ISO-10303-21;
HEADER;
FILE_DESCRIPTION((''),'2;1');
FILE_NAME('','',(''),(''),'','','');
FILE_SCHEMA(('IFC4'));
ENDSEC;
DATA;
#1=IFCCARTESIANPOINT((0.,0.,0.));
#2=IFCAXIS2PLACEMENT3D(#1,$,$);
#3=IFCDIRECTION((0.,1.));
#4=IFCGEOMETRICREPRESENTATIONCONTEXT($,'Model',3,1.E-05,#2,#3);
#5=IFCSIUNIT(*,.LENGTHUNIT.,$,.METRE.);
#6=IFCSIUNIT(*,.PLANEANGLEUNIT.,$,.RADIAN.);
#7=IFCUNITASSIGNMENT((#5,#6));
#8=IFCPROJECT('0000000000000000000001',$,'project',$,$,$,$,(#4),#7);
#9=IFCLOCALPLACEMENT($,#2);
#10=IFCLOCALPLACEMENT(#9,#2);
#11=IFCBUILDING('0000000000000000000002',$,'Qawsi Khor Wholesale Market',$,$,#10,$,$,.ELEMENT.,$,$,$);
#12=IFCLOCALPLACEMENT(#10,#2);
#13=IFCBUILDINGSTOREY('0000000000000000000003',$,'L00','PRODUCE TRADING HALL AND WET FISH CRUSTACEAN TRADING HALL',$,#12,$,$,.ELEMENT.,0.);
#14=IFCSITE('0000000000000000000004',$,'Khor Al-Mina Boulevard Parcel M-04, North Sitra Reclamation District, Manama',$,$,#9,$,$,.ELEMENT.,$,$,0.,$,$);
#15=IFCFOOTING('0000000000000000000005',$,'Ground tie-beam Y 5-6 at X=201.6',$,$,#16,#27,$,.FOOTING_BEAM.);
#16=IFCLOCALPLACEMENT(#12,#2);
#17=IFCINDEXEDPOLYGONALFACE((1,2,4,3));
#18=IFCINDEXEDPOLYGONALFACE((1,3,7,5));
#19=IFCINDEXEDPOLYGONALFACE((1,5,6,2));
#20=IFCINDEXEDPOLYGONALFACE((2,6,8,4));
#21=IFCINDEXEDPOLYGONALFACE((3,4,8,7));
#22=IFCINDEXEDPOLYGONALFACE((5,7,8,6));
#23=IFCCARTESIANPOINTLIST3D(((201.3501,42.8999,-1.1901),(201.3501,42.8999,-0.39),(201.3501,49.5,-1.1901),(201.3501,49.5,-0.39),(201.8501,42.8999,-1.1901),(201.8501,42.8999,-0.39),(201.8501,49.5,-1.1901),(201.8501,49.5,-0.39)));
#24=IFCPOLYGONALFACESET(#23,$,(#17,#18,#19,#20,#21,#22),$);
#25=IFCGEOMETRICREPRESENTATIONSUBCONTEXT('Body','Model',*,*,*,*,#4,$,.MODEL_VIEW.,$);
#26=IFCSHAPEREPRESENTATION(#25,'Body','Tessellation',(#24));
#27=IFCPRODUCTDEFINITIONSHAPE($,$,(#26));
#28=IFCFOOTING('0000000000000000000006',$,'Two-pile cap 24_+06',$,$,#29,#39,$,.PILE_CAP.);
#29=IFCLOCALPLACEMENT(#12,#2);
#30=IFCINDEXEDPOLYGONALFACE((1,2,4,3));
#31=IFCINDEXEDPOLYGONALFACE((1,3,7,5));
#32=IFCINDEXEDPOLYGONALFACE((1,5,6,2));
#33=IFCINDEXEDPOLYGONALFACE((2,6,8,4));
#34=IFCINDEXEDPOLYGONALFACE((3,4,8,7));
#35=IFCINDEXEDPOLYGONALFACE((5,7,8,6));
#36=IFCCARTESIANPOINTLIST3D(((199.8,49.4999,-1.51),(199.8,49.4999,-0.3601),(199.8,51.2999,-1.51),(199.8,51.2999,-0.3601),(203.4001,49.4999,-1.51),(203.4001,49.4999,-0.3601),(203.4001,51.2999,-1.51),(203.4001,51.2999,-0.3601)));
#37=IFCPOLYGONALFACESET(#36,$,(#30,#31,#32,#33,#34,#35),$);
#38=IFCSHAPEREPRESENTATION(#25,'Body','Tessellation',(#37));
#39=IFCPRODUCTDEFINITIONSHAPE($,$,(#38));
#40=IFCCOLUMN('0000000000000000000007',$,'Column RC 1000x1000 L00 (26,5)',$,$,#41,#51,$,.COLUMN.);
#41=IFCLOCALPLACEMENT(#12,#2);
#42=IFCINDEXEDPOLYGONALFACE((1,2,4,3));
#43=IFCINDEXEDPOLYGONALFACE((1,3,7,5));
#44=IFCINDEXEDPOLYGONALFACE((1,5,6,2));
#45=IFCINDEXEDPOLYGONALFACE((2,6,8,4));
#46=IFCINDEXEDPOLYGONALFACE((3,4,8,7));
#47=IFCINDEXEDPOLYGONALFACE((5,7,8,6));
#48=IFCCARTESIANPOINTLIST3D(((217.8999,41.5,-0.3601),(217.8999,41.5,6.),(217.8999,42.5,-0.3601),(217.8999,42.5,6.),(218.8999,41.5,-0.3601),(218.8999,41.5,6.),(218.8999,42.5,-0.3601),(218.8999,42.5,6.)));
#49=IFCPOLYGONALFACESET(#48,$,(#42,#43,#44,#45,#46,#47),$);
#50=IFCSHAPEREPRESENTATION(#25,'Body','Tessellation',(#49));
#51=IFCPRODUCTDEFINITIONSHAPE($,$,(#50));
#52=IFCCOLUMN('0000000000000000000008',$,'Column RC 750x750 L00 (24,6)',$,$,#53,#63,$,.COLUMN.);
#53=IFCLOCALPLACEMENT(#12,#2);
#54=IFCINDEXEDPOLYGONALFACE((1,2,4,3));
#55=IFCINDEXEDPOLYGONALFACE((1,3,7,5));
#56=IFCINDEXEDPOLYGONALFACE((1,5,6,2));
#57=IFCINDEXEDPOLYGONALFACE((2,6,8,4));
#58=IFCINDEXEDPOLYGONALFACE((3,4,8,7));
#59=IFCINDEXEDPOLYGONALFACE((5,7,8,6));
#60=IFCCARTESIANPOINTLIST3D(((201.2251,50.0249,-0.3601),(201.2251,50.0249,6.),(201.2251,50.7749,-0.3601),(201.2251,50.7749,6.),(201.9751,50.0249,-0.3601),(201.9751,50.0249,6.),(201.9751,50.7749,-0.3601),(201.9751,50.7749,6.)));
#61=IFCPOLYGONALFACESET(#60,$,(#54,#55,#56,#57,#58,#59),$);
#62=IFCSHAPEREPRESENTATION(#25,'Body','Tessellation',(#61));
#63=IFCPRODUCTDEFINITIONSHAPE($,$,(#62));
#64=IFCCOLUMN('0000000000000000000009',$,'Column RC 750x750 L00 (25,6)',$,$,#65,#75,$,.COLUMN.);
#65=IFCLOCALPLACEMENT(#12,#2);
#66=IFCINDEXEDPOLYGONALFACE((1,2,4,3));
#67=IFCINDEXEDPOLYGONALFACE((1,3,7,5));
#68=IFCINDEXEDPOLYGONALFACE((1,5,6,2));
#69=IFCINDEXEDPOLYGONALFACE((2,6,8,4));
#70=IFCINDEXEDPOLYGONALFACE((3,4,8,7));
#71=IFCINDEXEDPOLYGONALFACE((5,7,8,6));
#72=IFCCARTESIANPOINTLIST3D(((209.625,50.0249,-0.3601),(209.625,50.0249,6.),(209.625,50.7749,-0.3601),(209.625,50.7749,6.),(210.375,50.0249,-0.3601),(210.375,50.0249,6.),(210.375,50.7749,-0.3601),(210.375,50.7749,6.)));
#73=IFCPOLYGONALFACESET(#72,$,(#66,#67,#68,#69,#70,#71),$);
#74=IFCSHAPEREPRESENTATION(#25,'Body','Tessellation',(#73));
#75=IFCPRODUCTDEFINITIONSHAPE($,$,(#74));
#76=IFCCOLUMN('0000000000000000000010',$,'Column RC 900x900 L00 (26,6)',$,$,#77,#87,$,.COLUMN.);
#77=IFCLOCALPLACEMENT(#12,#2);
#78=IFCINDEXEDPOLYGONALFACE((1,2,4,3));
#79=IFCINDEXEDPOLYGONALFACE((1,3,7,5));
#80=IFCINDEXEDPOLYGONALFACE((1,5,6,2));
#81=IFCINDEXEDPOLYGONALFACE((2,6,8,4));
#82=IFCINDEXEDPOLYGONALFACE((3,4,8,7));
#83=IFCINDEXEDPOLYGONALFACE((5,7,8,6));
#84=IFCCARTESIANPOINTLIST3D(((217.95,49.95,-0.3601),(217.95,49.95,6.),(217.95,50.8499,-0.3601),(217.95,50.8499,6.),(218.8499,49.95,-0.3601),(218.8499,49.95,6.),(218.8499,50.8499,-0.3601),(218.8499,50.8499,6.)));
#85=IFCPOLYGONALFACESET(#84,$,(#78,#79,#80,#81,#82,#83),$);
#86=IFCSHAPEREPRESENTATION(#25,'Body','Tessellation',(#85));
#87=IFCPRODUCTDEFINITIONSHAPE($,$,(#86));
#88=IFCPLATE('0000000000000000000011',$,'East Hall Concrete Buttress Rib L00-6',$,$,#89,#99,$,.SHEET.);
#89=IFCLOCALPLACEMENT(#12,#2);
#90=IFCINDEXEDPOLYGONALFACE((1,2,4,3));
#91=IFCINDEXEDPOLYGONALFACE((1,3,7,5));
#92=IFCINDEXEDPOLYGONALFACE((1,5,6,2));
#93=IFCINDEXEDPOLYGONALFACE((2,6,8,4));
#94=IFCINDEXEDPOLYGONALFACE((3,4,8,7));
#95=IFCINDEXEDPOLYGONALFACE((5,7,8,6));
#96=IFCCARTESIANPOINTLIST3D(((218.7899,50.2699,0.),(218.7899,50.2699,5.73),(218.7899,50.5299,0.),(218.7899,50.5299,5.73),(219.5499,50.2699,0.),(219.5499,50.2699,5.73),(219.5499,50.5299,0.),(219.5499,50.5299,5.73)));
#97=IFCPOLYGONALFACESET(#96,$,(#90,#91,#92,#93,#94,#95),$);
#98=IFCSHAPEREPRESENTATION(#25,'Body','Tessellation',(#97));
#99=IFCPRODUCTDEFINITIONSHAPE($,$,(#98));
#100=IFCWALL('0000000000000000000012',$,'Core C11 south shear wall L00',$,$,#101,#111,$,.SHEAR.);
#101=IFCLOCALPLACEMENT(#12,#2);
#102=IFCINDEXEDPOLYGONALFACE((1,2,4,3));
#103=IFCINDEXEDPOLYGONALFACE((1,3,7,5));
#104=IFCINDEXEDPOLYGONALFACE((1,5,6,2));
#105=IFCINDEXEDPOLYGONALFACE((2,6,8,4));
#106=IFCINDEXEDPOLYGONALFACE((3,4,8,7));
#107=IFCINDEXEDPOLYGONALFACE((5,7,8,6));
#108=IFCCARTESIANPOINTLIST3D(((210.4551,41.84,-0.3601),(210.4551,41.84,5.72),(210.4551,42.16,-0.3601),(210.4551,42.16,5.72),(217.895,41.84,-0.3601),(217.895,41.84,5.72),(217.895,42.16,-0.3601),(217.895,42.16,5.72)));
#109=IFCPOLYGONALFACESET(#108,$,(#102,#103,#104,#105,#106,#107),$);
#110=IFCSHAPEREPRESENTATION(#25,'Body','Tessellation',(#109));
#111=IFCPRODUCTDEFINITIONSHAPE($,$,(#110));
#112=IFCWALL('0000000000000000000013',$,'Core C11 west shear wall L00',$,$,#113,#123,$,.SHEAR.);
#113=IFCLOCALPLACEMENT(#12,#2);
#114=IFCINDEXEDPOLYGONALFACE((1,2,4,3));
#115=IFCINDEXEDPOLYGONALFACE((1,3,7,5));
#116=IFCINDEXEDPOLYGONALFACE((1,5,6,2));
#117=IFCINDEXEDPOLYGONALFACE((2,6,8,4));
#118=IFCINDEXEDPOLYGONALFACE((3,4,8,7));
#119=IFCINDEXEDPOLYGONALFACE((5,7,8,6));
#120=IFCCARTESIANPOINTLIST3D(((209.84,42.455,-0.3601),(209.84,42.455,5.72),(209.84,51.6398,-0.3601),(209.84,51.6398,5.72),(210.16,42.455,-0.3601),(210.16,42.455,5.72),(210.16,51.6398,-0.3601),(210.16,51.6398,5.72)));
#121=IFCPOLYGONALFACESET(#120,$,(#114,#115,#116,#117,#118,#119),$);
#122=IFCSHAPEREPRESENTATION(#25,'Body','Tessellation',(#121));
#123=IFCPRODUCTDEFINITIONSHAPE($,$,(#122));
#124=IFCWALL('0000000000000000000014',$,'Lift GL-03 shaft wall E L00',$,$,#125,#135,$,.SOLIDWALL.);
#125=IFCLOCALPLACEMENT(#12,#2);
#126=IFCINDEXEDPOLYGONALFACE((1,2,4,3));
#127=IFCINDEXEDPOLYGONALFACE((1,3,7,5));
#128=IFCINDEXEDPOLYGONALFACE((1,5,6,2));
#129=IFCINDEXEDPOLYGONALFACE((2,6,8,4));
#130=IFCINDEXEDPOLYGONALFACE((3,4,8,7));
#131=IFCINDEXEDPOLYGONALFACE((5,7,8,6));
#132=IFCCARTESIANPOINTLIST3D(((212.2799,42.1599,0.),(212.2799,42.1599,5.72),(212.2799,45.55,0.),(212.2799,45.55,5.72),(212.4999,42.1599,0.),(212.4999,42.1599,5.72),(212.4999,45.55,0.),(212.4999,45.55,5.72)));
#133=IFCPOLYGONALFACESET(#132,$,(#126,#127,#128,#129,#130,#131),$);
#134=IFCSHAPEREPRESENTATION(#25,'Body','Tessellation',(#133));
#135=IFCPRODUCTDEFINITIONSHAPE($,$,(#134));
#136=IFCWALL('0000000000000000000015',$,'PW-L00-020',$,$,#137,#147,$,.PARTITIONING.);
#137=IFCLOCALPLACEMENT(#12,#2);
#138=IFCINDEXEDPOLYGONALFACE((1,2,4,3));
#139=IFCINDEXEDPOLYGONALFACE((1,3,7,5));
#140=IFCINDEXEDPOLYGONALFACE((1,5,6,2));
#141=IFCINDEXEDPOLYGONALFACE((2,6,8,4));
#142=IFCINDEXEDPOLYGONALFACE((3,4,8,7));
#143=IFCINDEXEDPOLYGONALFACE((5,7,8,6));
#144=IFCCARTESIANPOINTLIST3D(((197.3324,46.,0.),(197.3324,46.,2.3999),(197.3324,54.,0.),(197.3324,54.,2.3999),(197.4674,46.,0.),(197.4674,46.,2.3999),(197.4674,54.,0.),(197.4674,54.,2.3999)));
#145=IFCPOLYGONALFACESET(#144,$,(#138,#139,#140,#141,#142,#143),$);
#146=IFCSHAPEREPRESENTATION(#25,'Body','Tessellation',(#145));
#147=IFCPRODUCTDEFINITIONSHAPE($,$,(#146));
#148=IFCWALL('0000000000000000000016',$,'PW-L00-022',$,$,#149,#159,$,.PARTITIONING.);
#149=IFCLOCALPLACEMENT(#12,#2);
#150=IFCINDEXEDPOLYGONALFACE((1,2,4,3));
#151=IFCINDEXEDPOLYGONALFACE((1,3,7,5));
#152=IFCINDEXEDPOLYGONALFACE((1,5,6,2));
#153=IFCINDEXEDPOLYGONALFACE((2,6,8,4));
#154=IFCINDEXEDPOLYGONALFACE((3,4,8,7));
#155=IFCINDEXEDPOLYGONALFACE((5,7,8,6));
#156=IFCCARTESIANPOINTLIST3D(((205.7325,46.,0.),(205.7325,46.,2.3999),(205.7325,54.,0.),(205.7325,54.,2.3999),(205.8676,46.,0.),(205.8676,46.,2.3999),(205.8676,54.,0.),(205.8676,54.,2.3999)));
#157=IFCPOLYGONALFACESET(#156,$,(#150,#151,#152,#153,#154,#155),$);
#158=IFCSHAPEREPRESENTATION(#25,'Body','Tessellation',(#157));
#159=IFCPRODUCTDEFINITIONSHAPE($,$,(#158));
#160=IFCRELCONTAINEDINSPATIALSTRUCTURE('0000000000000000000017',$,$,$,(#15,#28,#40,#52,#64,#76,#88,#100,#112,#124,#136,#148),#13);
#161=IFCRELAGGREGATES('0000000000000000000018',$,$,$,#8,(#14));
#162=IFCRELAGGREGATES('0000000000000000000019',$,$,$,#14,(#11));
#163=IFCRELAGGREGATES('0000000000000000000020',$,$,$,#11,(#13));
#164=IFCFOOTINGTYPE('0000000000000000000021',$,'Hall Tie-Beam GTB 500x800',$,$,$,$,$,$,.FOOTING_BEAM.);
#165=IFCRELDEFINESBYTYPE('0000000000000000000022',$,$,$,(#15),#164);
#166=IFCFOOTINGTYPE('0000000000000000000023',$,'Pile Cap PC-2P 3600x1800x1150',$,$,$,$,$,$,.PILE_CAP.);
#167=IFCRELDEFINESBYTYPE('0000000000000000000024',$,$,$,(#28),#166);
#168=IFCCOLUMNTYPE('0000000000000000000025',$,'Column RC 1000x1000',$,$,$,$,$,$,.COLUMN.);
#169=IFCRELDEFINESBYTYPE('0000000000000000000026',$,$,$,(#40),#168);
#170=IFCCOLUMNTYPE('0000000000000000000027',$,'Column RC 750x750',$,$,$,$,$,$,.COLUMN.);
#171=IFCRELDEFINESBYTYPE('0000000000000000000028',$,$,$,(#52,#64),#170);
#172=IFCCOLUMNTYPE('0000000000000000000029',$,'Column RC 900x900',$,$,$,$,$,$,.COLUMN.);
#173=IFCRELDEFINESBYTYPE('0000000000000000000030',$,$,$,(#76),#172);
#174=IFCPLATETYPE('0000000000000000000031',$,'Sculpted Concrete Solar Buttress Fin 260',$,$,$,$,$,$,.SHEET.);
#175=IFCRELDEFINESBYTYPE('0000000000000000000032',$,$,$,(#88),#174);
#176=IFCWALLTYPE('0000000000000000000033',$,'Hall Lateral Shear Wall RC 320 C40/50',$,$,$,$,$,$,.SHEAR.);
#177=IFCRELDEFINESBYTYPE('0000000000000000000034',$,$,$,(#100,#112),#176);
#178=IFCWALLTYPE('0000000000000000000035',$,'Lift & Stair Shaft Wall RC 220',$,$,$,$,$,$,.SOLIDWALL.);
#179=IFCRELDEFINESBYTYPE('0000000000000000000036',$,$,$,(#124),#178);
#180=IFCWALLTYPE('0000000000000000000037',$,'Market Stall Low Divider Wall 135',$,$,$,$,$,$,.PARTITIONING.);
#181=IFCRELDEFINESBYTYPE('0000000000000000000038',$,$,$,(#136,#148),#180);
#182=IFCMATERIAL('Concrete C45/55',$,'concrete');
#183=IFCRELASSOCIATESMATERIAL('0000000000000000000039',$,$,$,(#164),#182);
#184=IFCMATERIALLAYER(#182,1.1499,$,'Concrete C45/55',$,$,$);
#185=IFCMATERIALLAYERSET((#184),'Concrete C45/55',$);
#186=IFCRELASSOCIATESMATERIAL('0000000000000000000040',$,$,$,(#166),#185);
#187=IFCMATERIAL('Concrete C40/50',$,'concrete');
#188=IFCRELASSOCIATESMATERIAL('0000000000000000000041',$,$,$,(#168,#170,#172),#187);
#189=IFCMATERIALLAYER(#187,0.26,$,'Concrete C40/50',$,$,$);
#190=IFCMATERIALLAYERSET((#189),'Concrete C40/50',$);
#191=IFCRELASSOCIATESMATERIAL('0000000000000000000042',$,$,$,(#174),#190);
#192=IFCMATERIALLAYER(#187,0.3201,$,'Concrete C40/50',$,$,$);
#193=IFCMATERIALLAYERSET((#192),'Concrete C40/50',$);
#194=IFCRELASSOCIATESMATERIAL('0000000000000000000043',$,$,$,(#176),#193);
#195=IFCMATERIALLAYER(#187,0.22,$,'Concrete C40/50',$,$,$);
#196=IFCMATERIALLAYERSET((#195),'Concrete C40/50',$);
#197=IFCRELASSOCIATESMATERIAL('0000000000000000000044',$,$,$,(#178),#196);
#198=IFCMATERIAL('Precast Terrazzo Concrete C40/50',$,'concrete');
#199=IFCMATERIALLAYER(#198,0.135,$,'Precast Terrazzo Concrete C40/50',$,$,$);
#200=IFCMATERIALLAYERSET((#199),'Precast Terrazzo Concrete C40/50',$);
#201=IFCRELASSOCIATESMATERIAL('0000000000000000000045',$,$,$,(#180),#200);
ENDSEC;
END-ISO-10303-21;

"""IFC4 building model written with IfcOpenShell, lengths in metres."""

from ifc_helpers import new_model, si_unit, direction, frame, frame_2d, origin, origin_2d, place, context, subcontext, project, spatial, rectangle, extrude, material, layer, layer_set, material_profile, profile_set, type_object, element, save


model = new_model("IFC4")

# Units and contexts
model_context = context("Model", 3, precision=1e-05, world=origin(), true_north=direction((0.0, 1.0)))
body_context = subcontext(model_context, "Body", "Model", "MODEL_VIEW")
ifc_project = project(units=[si_unit("LENGTHUNIT", "METRE"), si_unit("PLANEANGLEUNIT", "RADIAN")], contexts=[model_context])

# Site, building, storey
site_placement = place(None, origin())
site = spatial("IfcSite", under=ifc_project, at=site_placement, Name="Khor Al-Mina Boulevard Parcel M-04, North Sitra Reclamation District, Manama", CompositionType="ELEMENT", RefElevation=0.0)
building_placement = place(site_placement, origin())
building = spatial("IfcBuilding", under=site, at=building_placement, Name="Qawsi Khor Wholesale Market", CompositionType="ELEMENT")
storey_placement = place(building_placement, origin())
storey = spatial("IfcBuildingStorey", under=building, at=storey_placement, Name="L00", Description="PRODUCE TRADING HALL AND WET FISH CRUSTACEAN TRADING HALL", CompositionType="ELEMENT", Elevation=0.0)

# Shared definitions
ifc_material_1 = material(Name="Concrete C45/55", Category="concrete")

# Footings
ifc_material_profile_1 = material_profile(ifc_material_1, rectangle(XDim=0.5, YDim=0.8, at=origin_2d()), Name="RC 500x800")
ifc_profile_set_1 = profile_set([ifc_material_profile_1], Name="Concrete C45/55")
footing_type_1 = type_object("IfcFootingType", Name="Hall Tie-Beam GTB 500x800", PredefinedType="FOOTING_BEAM", material=ifc_profile_set_1)
footing_1_placement = place(storey_placement, frame((201.6001, 42.8999, -0.79), z_axis=(0.0, 1.0, 0.0), x_axis=(-1.0, 0.0, 0.0)))
element("IfcFooting", 1, at=footing_1_placement, inside=storey, type_object=footing_type_1, Name="Ground tie-beam Y 5-6 at X=201.6", PredefinedType="FOOTING_BEAM", context=body_context, shape_type="SweptSolid", body=[
    extrude(rectangle(XDim=0.5, YDim=0.8, at=origin_2d()), origin(), (0.0, 0.0, 1.0), 6.6001),
])
ifc_layer_1 = layer(ifc_material_1, 1.1499, Name="Concrete C45/55")
ifc_layer_set_1 = layer_set([ifc_layer_1], Name="Concrete C45/55")
footing_type_2 = type_object("IfcFootingType", Name="Pile Cap PC-2P 3600x1800x1150", PredefinedType="PILE_CAP", material=ifc_layer_set_1)
footing_2_placement = place(storey_placement, frame((201.6001, 50.3999, -1.51), z_axis=(0.0, 0.0, 1.0), x_axis=(1.0, 0.0, 0.0)))
element("IfcFooting", 2, at=footing_2_placement, inside=storey, type_object=footing_type_2, Name="Two-pile cap 24_+06", PredefinedType="PILE_CAP", context=body_context, shape_type="SweptSolid", body=[
    extrude(rectangle(XDim=3.6001, YDim=1.8, at=origin_2d()), origin(), (0.0, 0.0, 1.0), 1.1499),
])

# Columns
ifc_material_2 = material(Name="Concrete C40/50", Category="concrete")
ifc_material_profile_2 = material_profile(ifc_material_2, rectangle(XDim=1.0, YDim=1.0, at=origin_2d()), Name="RC 1000x1000")
ifc_profile_set_2 = profile_set([ifc_material_profile_2], Name="Concrete C40/50")
column_type_1 = type_object("IfcColumnType", Name="Column RC 1000x1000", PredefinedType="COLUMN", material=ifc_profile_set_2)
column_1_placement = place(storey_placement, frame((218.3999, 42.0, -0.3601), z_axis=(0.0, 0.0, 1.0), x_axis=(1.0, 0.0, 0.0)))
element("IfcColumn", 3, at=column_1_placement, inside=storey, type_object=column_type_1, Name="Column RC 1000x1000 L00 (26,5)", PredefinedType="COLUMN", context=body_context, shape_type="SweptSolid", body=[
    extrude(rectangle(XDim=1.0, YDim=1.0, at=origin_2d()), origin(), (0.0, 0.0, 1.0), 6.3601),
])
ifc_material_profile_3 = material_profile(ifc_material_2, rectangle(XDim=0.75, YDim=0.75, at=origin_2d()), Name="RC 750x750")
ifc_profile_set_3 = profile_set([ifc_material_profile_3], Name="Concrete C40/50")
column_type_2 = type_object("IfcColumnType", Name="Column RC 750x750", PredefinedType="COLUMN", material=ifc_profile_set_3)
for number, where, z_axis, x_axis, name in (
    (4, (201.6001, 50.3999, -0.3601), (0.0, 0.0, 1.0), (1.0, 0.0, 0.0), "Column RC 750x750 L00 (24,6)"),
    (5, (210.0, 50.3999, -0.3601), (0.0, 0.0, 1.0), (1.0, 0.0, 0.0), "Column RC 750x750 L00 (25,6)"),
):
    element("IfcColumn", number, at=place(storey_placement, frame(where, z_axis=z_axis, x_axis=x_axis)), inside=storey, type_object=column_type_2, Name=name, PredefinedType="COLUMN", context=body_context, shape_type="SweptSolid", body=[
        extrude(rectangle(XDim=0.75, YDim=0.75, at=origin_2d()), origin(), (0.0, 0.0, 1.0), 6.3601),
    ])
ifc_material_profile_4 = material_profile(ifc_material_2, rectangle(XDim=0.8999, YDim=0.8999, at=origin_2d()), Name="RC 900x900")
ifc_profile_set_4 = profile_set([ifc_material_profile_4], Name="Concrete C40/50")
column_type_3 = type_object("IfcColumnType", Name="Column RC 900x900", PredefinedType="COLUMN", material=ifc_profile_set_4)
column_2_placement = place(storey_placement, frame((218.3999, 50.3999, -0.3601), z_axis=(0.0, 0.0, 1.0), x_axis=(1.0, 0.0, 0.0)))
element("IfcColumn", 6, at=column_2_placement, inside=storey, type_object=column_type_3, Name="Column RC 900x900 L00 (26,6)", PredefinedType="COLUMN", context=body_context, shape_type="SweptSolid", body=[
    extrude(rectangle(XDim=0.8999, YDim=0.8999, at=origin_2d()), origin(), (0.0, 0.0, 1.0), 6.3601),
])

# Plate
ifc_layer_2 = layer(ifc_material_2, 0.26, Name="Concrete C40/50")
ifc_layer_set_2 = layer_set([ifc_layer_2], Name="Concrete C40/50")
plate_type = type_object("IfcPlateType", Name="Sculpted Concrete Solar Buttress Fin 260", PredefinedType="SHEET", material=ifc_layer_set_2)
plate_placement = place(storey_placement, frame((218.79, 50.3999, 0.0), z_axis=(0.0, 0.0, 1.0), x_axis=(1.0, 0.0, 0.0)))
element("IfcPlate", 7, at=plate_placement, inside=storey, type_object=plate_type, Name="East Hall Concrete Buttress Rib L00-6", PredefinedType="SHEET", context=body_context, shape_type="SweptSolid", body=[
    extrude(rectangle(XDim=0.76, YDim=0.26, at=frame_2d((0.3799, 0.0))), origin(), (0.0, 0.0, 1.0), 5.73),
])

# Walls
ifc_layer_3 = layer(ifc_material_2, 0.3201, Name="Concrete C40/50")
ifc_layer_set_3 = layer_set([ifc_layer_3], Name="Concrete C40/50")
wall_type_1 = type_object("IfcWallType", Name="Hall Lateral Shear Wall RC 320 C40/50", PredefinedType="SHEAR", material=ifc_layer_set_3)
wall_1_placement = place(storey_placement, frame((217.895, 42.0, -0.3601), z_axis=(0.0, 0.0, 1.0), x_axis=(-1.0, 0.0, 0.0)))
element("IfcWall", 8, at=wall_1_placement, inside=storey, type_object=wall_type_1, Name="Core C11 south shear wall L00", PredefinedType="SHEAR", context=body_context, shape_type="SweptSolid", body=[
    extrude(rectangle(XDim=7.4399, YDim=0.3201, at=frame_2d((3.72, 0.0))), origin(), (0.0, 0.0, 1.0), 6.0801),
])
wall_2_placement = place(storey_placement, frame((210.0, 42.4551, -0.3601), z_axis=(0.0, 0.0, 1.0), x_axis=(0.0, 1.0, 0.0)))
element("IfcWall", 9, at=wall_2_placement, inside=storey, type_object=wall_type_1, Name="Core C11 west shear wall L00", PredefinedType="SHEAR", context=body_context, shape_type="SweptSolid", body=[
    extrude(rectangle(XDim=9.1848, YDim=0.3201, at=frame_2d((4.5923, 0.0))), origin(), (0.0, 0.0, 1.0), 6.0801),
])
ifc_layer_4 = layer(ifc_material_2, 0.22, Name="Concrete C40/50")
ifc_layer_set_4 = layer_set([ifc_layer_4], Name="Concrete C40/50")
wall_type_2 = type_object("IfcWallType", Name="Lift & Stair Shaft Wall RC 220", PredefinedType="SOLIDWALL", material=ifc_layer_set_4)
wall_3_placement = place(storey_placement, frame((212.3899, 42.1599, 0.0), z_axis=(0.0, 0.0, 1.0), x_axis=(0.0, 1.0, 0.0)))
element("IfcWall", 10, at=wall_3_placement, inside=storey, type_object=wall_type_2, Name="Lift GL-03 shaft wall E L00", PredefinedType="SOLIDWALL", context=body_context, shape_type="SweptSolid", body=[
    extrude(rectangle(XDim=3.3901, YDim=0.22, at=frame_2d((1.6951, 0.0))), origin(), (0.0, 0.0, 1.0), 5.72),
])

# Walls
ifc_material_3 = material(Name="Precast Terrazzo Concrete C40/50", Category="concrete")
ifc_layer_5 = layer(ifc_material_3, 0.135, Name="Precast Terrazzo Concrete C40/50")
ifc_layer_set_5 = layer_set([ifc_layer_5], Name="Precast Terrazzo Concrete C40/50")
wall_type_3 = type_object("IfcWallType", Name="Market Stall Low Divider Wall 135", PredefinedType="PARTITIONING", material=ifc_layer_set_5)
for number, where, z_axis, x_axis, name in (
    (11, (197.3999, 46.0, 0.0), (0.0, 0.0, 1.0), (0.0, 1.0, 0.0), "PW-L00-020"),
    (12, (205.8, 46.0, 0.0), (0.0, 0.0, 1.0), (0.0, 1.0, 0.0), "PW-L00-022"),
):
    element("IfcWall", number, at=place(storey_placement, frame(where, z_axis=z_axis, x_axis=x_axis)), inside=storey, type_object=wall_type_3, Name=name, PredefinedType="PARTITIONING", context=body_context, shape_type="SweptSolid", body=[
        extrude(rectangle(XDim=8.0, YDim=0.135, at=frame_2d((4.0, 0.0))), origin(), (0.0, 0.0, 1.0), 2.3999),
    ])

save(model, "model.ifc")
